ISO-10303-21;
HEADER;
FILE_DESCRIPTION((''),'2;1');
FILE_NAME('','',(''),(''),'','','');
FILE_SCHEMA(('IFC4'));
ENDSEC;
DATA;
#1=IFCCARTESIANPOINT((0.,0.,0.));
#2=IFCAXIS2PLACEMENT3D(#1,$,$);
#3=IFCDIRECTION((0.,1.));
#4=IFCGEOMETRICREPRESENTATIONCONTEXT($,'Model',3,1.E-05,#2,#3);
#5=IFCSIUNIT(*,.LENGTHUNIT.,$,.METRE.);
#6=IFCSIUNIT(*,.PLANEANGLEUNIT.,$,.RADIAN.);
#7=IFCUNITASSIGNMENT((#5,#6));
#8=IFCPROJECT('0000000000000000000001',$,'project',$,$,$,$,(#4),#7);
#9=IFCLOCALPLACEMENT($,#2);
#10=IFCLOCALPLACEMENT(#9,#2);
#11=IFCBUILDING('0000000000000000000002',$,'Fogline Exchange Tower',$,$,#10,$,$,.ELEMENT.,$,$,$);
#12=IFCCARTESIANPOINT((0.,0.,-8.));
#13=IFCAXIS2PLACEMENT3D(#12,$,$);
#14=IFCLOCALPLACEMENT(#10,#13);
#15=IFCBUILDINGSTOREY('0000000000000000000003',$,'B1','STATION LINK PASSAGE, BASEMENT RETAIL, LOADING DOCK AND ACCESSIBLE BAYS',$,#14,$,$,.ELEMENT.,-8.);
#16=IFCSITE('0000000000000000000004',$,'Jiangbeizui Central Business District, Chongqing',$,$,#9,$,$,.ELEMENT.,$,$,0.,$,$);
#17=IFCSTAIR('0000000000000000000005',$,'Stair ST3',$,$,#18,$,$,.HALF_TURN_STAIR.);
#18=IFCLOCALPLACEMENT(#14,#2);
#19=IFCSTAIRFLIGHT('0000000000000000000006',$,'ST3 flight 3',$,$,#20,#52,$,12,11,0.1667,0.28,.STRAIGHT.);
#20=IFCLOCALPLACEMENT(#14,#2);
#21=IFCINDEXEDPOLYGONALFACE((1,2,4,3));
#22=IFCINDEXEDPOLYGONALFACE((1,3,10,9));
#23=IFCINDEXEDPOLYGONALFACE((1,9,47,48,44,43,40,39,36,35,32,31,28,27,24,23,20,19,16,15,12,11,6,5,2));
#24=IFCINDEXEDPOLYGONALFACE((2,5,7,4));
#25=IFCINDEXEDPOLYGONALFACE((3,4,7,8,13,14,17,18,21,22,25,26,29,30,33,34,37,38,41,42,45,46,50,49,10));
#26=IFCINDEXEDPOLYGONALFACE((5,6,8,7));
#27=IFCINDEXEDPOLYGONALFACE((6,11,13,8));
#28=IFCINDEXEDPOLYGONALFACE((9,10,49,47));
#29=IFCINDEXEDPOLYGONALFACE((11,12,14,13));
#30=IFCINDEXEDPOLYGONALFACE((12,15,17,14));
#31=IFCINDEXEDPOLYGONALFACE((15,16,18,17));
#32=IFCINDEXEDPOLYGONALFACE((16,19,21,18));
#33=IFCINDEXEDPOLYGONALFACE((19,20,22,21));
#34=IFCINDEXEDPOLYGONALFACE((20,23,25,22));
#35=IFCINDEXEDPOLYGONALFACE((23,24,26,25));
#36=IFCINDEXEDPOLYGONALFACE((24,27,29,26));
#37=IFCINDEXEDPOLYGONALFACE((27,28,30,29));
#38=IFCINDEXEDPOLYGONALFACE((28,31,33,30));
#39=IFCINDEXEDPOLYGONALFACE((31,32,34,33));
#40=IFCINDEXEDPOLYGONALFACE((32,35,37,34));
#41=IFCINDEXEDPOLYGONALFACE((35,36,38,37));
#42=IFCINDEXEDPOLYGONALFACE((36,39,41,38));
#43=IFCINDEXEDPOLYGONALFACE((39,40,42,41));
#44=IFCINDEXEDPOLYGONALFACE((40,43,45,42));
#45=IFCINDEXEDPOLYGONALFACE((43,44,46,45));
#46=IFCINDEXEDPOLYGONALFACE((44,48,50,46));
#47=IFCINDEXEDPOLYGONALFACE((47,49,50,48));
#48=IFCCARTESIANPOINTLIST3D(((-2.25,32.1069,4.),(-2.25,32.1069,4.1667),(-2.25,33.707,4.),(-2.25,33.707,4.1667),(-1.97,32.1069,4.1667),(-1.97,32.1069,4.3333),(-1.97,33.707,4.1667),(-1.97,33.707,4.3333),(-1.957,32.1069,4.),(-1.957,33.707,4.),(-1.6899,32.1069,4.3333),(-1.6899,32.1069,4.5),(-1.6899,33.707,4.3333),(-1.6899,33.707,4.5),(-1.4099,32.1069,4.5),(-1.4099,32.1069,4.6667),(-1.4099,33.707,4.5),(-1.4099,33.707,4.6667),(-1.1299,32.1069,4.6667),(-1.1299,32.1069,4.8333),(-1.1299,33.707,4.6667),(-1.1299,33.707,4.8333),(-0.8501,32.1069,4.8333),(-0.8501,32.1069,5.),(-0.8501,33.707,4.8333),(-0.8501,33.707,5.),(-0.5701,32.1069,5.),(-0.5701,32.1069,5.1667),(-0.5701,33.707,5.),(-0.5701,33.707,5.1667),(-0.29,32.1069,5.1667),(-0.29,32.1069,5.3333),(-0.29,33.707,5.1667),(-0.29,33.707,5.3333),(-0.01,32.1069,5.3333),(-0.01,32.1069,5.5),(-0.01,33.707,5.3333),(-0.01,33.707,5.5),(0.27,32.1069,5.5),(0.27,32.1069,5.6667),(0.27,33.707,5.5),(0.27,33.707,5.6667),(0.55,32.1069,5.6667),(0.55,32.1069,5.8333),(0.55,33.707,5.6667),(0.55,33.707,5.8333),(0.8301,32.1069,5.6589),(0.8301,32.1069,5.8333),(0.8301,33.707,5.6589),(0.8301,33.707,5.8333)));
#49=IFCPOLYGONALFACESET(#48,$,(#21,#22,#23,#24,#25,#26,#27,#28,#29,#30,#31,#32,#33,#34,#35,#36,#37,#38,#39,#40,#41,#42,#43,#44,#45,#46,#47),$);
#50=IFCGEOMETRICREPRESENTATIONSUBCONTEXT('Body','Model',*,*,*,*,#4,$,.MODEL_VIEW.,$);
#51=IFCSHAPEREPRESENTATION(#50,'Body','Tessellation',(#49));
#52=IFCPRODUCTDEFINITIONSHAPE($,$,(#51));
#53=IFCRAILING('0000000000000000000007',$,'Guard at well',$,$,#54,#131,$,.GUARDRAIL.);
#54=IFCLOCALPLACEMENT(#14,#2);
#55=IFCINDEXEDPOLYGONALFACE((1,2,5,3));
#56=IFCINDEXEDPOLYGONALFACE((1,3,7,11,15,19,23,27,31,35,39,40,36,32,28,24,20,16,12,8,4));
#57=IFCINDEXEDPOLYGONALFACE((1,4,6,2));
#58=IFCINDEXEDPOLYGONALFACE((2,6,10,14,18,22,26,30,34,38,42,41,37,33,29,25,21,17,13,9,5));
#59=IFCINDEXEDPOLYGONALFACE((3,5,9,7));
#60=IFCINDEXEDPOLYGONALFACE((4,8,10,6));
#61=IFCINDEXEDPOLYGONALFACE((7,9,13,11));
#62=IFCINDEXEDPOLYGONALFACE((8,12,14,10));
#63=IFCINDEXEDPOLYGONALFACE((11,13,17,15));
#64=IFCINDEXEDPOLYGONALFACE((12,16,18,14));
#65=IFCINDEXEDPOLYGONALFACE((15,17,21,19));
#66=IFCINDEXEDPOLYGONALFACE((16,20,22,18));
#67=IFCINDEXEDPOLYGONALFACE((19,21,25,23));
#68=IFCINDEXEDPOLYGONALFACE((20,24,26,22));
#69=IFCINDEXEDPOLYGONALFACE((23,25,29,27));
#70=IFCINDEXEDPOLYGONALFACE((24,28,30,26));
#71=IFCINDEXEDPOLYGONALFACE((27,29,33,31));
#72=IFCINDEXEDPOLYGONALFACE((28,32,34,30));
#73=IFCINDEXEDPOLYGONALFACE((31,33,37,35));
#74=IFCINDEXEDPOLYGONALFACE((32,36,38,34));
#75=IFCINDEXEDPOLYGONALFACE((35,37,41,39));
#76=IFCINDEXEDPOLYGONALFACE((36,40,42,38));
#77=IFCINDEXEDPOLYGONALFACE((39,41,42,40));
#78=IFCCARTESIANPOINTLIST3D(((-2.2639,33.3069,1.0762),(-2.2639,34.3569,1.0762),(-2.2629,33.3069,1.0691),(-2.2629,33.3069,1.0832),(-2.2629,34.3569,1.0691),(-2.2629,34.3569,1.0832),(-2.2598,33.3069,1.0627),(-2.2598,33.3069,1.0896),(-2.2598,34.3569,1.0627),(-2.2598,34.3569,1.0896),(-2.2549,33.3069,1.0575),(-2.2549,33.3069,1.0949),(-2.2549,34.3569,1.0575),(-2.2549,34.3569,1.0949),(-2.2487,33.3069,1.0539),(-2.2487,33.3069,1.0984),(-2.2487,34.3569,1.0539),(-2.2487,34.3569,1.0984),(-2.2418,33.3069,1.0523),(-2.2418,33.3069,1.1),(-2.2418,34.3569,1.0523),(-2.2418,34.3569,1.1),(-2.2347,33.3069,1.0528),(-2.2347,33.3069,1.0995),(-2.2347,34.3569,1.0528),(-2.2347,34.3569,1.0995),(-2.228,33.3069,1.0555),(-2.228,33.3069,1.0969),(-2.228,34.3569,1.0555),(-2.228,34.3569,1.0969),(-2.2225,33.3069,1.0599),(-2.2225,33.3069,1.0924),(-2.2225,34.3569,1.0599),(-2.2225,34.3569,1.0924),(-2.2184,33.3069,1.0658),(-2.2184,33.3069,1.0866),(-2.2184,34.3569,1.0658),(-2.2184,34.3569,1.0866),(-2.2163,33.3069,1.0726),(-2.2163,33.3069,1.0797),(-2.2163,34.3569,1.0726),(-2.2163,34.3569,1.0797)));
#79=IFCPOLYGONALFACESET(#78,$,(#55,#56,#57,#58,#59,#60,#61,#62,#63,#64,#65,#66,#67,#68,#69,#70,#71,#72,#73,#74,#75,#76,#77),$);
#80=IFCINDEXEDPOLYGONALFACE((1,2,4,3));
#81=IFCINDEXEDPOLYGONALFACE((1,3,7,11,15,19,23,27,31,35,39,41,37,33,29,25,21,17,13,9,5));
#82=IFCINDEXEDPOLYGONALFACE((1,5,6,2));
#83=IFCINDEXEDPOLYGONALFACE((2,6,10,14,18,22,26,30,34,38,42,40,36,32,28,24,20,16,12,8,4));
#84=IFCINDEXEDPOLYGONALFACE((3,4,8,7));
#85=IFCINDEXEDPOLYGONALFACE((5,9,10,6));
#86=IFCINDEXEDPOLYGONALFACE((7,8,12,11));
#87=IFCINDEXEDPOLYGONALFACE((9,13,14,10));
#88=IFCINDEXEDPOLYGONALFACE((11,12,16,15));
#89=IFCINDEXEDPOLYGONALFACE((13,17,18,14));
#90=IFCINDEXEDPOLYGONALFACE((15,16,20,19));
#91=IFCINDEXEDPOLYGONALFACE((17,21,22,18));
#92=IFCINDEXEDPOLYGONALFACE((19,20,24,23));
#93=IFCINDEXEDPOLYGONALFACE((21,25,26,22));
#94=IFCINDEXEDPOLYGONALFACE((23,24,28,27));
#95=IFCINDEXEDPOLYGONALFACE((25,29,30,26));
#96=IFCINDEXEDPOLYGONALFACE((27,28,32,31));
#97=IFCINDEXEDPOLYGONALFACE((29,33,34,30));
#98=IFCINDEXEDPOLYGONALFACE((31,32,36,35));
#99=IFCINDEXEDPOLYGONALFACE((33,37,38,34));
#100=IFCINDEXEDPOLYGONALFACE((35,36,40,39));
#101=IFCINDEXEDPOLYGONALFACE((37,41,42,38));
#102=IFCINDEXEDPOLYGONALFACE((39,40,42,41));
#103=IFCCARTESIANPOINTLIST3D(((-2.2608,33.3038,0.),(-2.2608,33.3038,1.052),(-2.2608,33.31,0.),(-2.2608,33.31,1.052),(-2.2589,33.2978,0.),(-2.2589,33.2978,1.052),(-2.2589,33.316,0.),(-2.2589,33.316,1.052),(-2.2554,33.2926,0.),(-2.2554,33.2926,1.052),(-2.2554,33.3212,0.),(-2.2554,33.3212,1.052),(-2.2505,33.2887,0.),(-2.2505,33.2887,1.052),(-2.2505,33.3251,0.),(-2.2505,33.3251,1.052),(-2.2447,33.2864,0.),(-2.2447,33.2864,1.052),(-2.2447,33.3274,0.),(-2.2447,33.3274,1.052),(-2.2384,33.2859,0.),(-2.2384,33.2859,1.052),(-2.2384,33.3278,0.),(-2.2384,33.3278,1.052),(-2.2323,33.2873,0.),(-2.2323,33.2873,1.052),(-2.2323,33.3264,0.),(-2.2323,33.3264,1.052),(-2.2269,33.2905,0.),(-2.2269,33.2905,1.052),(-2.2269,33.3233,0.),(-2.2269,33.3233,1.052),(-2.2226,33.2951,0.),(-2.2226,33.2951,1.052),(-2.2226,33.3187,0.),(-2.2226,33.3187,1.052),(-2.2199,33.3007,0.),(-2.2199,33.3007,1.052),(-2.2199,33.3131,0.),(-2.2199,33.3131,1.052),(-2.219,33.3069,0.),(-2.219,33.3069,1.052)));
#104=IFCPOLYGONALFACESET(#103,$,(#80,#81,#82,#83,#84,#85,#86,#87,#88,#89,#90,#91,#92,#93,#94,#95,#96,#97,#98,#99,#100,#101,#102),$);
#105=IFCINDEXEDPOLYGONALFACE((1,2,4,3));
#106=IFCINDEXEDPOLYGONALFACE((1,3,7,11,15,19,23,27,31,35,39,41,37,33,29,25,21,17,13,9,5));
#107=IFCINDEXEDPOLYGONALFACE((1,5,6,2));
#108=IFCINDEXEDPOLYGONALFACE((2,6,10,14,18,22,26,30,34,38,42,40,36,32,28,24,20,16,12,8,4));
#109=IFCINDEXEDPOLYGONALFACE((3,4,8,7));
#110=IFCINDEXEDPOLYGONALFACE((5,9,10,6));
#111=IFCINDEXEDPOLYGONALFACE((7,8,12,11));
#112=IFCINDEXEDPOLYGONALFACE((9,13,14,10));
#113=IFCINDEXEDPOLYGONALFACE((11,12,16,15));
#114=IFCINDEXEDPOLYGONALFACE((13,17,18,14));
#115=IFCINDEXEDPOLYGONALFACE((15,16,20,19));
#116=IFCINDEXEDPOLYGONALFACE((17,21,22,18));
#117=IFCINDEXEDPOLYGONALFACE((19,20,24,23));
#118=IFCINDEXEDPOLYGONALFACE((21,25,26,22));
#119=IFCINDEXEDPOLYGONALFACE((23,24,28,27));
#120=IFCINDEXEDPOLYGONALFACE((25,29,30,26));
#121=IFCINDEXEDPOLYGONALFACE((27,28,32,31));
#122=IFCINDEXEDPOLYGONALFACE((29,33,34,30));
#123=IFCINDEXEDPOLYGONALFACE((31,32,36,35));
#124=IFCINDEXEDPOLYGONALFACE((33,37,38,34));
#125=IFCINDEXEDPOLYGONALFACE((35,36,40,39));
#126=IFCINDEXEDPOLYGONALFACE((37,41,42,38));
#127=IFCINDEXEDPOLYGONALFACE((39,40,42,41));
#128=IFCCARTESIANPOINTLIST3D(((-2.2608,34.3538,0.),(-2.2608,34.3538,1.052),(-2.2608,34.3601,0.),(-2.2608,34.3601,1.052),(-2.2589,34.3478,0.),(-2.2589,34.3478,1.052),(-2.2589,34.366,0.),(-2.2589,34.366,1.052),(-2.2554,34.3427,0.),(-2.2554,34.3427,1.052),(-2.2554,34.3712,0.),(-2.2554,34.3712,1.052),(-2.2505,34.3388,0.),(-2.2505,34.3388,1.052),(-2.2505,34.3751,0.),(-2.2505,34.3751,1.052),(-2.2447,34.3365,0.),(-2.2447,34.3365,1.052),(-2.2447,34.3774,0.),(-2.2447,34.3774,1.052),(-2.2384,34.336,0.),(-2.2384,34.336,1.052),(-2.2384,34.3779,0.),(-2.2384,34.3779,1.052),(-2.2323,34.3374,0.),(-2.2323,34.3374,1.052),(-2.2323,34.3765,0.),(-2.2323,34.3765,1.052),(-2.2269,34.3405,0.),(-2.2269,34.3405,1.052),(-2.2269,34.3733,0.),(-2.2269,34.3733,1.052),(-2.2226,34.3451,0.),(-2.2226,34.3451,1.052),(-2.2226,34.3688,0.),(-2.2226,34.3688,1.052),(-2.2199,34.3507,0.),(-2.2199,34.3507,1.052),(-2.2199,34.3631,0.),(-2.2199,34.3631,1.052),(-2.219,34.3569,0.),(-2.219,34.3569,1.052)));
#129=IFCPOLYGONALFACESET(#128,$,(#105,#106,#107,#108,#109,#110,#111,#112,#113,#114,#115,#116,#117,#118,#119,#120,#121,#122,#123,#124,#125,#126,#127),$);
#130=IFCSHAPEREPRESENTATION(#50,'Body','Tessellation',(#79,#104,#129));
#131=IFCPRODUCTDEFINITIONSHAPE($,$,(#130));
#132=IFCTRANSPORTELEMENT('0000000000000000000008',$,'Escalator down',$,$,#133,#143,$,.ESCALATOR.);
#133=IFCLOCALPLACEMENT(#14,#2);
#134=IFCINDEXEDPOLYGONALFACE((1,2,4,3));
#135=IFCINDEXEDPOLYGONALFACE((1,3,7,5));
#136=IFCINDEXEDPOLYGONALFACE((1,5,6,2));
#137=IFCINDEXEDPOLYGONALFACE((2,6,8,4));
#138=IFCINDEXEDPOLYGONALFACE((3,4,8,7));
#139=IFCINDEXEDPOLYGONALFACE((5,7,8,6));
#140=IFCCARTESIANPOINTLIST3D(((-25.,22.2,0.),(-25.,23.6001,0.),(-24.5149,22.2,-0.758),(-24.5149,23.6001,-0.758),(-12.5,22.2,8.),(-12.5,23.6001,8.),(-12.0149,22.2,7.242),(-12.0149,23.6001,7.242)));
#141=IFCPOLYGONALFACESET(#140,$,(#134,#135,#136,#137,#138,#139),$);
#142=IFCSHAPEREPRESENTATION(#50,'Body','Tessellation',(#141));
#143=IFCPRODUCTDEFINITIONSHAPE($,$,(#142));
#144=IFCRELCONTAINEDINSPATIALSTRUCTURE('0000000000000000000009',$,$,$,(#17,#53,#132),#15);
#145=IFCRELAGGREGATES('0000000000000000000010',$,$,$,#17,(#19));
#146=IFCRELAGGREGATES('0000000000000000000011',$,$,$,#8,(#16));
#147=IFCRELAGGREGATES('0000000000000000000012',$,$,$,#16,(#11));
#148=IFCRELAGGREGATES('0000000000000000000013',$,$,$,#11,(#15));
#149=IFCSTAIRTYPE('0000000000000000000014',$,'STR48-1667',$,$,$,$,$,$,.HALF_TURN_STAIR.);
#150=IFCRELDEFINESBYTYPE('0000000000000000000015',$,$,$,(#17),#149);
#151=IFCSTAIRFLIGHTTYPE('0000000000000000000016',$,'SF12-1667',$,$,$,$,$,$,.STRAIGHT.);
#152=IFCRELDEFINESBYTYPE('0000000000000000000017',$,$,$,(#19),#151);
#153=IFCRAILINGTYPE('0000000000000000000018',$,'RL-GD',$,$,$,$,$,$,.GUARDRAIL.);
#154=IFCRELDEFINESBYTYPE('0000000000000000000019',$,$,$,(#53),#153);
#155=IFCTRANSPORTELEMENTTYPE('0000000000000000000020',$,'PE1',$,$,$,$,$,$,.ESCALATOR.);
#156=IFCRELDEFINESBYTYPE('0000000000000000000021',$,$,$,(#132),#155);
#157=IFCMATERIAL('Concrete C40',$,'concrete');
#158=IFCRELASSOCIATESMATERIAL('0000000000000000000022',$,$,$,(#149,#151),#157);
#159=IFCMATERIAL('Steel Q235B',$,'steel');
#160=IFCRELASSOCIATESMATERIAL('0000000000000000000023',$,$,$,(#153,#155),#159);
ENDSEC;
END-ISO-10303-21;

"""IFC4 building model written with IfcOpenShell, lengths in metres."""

from ifc_helpers import new_model, si_unit, direction, frame, origin, origin_2d, place, context, subcontext, project, spatial, polyline, circle, outline, extrude, material, type_object, element, aggregate, save


model = new_model("IFC4")

# Units and contexts
model_context = context("Model", 3, precision=1e-05, world=origin(), true_north=direction((0.0, 1.0)))
body_context = subcontext(model_context, "Body", "Model", "MODEL_VIEW")
ifc_project = project(units=[si_unit("LENGTHUNIT", "METRE"), si_unit("PLANEANGLEUNIT", "RADIAN")], contexts=[model_context])

# Site, building, storey
site_placement = place(None, origin())
site = spatial("IfcSite", under=ifc_project, at=site_placement, Name="Jiangbeizui Central Business District, Chongqing", CompositionType="ELEMENT", RefElevation=0.0)
building_placement = place(site_placement, origin())
building = spatial("IfcBuilding", under=site, at=building_placement, Name="Fogline Exchange Tower", CompositionType="ELEMENT")
storey_placement = place(building_placement, frame((0.0, 0.0, -8.0)))
storey = spatial("IfcBuildingStorey", under=building, at=storey_placement, Name="B1", Description="STATION LINK PASSAGE, BASEMENT RETAIL, LOADING DOCK AND ACCESSIBLE BAYS", CompositionType="ELEMENT", Elevation=-8.0)

# Shared definitions
ifc_material_1 = material(Name="Concrete C40", Category="concrete")

# Shared definitions
ifc_material_2 = material(Name="Steel Q235B", Category="steel")

# Stair, stair flight
stair_type = type_object("IfcStairType", Name="STR48-1667", PredefinedType="HALF_TURN_STAIR", material=ifc_material_1)
stair_placement = place(storey_placement, origin())
stair = element("IfcStair", 1, at=stair_placement, inside=storey, type_object=stair_type, Name="Stair ST3", PredefinedType="HALF_TURN_STAIR")
stair_flight_type = type_object("IfcStairFlightType", Name="SF12-1667", PredefinedType="STRAIGHT", material=ifc_material_1)
stair_flight_1_placement = place(storey_placement, frame((-2.25, 32.907, 4.0), z_axis=(0.0, 0.0, 1.0), x_axis=(1.0, 0.0, 0.0)))
stair_flight_1 = element("IfcStairFlight", 2, at=stair_flight_1_placement, type_object=stair_flight_type, Name="ST3 flight 3", NumberOfRisers=12, NumberOfTreads=11, PredefinedType="STRAIGHT", RiserHeight=0.1667, TreadLength=0.28, context=body_context, shape_type="SweptSolid", body=[
    extrude(outline(polyline([(0.0, 0.0), (0.0, 0.1667), (0.28, 0.1667), (0.28, 0.3333), (0.5601, 0.3333), (0.5601, 0.5), (0.8401, 0.5), (0.8401, 0.6667), (1.1201, 0.6667), (1.1201, 0.8333), (1.3999, 0.8333), (1.3999, 1.0), (1.6799, 1.0), (1.6799, 1.1667), (1.96, 1.1667), (1.96, 1.3333), (2.24, 1.3333), (2.24, 1.5), (2.52, 1.5), (2.52, 1.6667), (2.8, 1.6667), (2.8, 1.8333), (3.0801, 1.8333), (3.0801, 2.0), (3.0801, 1.6589), (0.293, 0.0), (0.0, 0.0)])), frame((0.0, 0.8, 0.0), z_axis=(0.0, -1.0, 0.0), x_axis=(1.0, 0.0, 0.0)), (0.0, 0.0, 1.0), 1.6001),
])
aggregate(stair, [stair_flight_1])

# Railing
railing_type_1 = type_object("IfcRailingType", Name="RL-GD", PredefinedType="GUARDRAIL", material=ifc_material_2)
railing_1_placement = place(storey_placement, frame((-2.24, 33.3069, 0.0)))
element("IfcRailing", 3, at=railing_1_placement, inside=storey, type_object=railing_type_1, Name="Guard at well", PredefinedType="GUARDRAIL", context=body_context, shape_type="SweptSolid", body=[
    extrude(circle(Radius=0.0239, at=origin_2d()), frame((0.0, 0.0, 1.0762), z_axis=(0.0, 1.0, 0.0), x_axis=(-1.0, 0.0, 0.0)), (0.0, 0.0, 1.0), 1.05),
    extrude(circle(Radius=0.021, at=origin_2d()), origin(), (0.0, 0.0, 1.0), 1.052),
    extrude(circle(Radius=0.021, at=origin_2d()), frame((0.0, 1.05, 0.0)), (0.0, 0.0, 1.0), 1.052),
])

# Transport element
transport_element_type = type_object("IfcTransportElementType", Name="PE1", PredefinedType="ESCALATOR", material=ifc_material_2)
transport_element_placement = place(storey_placement, frame((-25.0, 22.2, 0.0), z_axis=(-0.539054, 0.0, 0.842271), x_axis=(0.0, 1.0, 0.0)))
element("IfcTransportElement", 4, at=transport_element_placement, inside=storey, type_object=transport_element_type, Name="Escalator down", PredefinedType="ESCALATOR", context=body_context, shape_type="SweptSolid", body=[
    extrude(outline(polyline([(0.0, 0.0), (1.4001, 0.0), (1.4001, -14.8408), (0.0, -14.8408), (0.0, 0.0)])), origin(), (0.0, 0.0, -1.0), 0.8999),
])

save(model, "model.ifc")
